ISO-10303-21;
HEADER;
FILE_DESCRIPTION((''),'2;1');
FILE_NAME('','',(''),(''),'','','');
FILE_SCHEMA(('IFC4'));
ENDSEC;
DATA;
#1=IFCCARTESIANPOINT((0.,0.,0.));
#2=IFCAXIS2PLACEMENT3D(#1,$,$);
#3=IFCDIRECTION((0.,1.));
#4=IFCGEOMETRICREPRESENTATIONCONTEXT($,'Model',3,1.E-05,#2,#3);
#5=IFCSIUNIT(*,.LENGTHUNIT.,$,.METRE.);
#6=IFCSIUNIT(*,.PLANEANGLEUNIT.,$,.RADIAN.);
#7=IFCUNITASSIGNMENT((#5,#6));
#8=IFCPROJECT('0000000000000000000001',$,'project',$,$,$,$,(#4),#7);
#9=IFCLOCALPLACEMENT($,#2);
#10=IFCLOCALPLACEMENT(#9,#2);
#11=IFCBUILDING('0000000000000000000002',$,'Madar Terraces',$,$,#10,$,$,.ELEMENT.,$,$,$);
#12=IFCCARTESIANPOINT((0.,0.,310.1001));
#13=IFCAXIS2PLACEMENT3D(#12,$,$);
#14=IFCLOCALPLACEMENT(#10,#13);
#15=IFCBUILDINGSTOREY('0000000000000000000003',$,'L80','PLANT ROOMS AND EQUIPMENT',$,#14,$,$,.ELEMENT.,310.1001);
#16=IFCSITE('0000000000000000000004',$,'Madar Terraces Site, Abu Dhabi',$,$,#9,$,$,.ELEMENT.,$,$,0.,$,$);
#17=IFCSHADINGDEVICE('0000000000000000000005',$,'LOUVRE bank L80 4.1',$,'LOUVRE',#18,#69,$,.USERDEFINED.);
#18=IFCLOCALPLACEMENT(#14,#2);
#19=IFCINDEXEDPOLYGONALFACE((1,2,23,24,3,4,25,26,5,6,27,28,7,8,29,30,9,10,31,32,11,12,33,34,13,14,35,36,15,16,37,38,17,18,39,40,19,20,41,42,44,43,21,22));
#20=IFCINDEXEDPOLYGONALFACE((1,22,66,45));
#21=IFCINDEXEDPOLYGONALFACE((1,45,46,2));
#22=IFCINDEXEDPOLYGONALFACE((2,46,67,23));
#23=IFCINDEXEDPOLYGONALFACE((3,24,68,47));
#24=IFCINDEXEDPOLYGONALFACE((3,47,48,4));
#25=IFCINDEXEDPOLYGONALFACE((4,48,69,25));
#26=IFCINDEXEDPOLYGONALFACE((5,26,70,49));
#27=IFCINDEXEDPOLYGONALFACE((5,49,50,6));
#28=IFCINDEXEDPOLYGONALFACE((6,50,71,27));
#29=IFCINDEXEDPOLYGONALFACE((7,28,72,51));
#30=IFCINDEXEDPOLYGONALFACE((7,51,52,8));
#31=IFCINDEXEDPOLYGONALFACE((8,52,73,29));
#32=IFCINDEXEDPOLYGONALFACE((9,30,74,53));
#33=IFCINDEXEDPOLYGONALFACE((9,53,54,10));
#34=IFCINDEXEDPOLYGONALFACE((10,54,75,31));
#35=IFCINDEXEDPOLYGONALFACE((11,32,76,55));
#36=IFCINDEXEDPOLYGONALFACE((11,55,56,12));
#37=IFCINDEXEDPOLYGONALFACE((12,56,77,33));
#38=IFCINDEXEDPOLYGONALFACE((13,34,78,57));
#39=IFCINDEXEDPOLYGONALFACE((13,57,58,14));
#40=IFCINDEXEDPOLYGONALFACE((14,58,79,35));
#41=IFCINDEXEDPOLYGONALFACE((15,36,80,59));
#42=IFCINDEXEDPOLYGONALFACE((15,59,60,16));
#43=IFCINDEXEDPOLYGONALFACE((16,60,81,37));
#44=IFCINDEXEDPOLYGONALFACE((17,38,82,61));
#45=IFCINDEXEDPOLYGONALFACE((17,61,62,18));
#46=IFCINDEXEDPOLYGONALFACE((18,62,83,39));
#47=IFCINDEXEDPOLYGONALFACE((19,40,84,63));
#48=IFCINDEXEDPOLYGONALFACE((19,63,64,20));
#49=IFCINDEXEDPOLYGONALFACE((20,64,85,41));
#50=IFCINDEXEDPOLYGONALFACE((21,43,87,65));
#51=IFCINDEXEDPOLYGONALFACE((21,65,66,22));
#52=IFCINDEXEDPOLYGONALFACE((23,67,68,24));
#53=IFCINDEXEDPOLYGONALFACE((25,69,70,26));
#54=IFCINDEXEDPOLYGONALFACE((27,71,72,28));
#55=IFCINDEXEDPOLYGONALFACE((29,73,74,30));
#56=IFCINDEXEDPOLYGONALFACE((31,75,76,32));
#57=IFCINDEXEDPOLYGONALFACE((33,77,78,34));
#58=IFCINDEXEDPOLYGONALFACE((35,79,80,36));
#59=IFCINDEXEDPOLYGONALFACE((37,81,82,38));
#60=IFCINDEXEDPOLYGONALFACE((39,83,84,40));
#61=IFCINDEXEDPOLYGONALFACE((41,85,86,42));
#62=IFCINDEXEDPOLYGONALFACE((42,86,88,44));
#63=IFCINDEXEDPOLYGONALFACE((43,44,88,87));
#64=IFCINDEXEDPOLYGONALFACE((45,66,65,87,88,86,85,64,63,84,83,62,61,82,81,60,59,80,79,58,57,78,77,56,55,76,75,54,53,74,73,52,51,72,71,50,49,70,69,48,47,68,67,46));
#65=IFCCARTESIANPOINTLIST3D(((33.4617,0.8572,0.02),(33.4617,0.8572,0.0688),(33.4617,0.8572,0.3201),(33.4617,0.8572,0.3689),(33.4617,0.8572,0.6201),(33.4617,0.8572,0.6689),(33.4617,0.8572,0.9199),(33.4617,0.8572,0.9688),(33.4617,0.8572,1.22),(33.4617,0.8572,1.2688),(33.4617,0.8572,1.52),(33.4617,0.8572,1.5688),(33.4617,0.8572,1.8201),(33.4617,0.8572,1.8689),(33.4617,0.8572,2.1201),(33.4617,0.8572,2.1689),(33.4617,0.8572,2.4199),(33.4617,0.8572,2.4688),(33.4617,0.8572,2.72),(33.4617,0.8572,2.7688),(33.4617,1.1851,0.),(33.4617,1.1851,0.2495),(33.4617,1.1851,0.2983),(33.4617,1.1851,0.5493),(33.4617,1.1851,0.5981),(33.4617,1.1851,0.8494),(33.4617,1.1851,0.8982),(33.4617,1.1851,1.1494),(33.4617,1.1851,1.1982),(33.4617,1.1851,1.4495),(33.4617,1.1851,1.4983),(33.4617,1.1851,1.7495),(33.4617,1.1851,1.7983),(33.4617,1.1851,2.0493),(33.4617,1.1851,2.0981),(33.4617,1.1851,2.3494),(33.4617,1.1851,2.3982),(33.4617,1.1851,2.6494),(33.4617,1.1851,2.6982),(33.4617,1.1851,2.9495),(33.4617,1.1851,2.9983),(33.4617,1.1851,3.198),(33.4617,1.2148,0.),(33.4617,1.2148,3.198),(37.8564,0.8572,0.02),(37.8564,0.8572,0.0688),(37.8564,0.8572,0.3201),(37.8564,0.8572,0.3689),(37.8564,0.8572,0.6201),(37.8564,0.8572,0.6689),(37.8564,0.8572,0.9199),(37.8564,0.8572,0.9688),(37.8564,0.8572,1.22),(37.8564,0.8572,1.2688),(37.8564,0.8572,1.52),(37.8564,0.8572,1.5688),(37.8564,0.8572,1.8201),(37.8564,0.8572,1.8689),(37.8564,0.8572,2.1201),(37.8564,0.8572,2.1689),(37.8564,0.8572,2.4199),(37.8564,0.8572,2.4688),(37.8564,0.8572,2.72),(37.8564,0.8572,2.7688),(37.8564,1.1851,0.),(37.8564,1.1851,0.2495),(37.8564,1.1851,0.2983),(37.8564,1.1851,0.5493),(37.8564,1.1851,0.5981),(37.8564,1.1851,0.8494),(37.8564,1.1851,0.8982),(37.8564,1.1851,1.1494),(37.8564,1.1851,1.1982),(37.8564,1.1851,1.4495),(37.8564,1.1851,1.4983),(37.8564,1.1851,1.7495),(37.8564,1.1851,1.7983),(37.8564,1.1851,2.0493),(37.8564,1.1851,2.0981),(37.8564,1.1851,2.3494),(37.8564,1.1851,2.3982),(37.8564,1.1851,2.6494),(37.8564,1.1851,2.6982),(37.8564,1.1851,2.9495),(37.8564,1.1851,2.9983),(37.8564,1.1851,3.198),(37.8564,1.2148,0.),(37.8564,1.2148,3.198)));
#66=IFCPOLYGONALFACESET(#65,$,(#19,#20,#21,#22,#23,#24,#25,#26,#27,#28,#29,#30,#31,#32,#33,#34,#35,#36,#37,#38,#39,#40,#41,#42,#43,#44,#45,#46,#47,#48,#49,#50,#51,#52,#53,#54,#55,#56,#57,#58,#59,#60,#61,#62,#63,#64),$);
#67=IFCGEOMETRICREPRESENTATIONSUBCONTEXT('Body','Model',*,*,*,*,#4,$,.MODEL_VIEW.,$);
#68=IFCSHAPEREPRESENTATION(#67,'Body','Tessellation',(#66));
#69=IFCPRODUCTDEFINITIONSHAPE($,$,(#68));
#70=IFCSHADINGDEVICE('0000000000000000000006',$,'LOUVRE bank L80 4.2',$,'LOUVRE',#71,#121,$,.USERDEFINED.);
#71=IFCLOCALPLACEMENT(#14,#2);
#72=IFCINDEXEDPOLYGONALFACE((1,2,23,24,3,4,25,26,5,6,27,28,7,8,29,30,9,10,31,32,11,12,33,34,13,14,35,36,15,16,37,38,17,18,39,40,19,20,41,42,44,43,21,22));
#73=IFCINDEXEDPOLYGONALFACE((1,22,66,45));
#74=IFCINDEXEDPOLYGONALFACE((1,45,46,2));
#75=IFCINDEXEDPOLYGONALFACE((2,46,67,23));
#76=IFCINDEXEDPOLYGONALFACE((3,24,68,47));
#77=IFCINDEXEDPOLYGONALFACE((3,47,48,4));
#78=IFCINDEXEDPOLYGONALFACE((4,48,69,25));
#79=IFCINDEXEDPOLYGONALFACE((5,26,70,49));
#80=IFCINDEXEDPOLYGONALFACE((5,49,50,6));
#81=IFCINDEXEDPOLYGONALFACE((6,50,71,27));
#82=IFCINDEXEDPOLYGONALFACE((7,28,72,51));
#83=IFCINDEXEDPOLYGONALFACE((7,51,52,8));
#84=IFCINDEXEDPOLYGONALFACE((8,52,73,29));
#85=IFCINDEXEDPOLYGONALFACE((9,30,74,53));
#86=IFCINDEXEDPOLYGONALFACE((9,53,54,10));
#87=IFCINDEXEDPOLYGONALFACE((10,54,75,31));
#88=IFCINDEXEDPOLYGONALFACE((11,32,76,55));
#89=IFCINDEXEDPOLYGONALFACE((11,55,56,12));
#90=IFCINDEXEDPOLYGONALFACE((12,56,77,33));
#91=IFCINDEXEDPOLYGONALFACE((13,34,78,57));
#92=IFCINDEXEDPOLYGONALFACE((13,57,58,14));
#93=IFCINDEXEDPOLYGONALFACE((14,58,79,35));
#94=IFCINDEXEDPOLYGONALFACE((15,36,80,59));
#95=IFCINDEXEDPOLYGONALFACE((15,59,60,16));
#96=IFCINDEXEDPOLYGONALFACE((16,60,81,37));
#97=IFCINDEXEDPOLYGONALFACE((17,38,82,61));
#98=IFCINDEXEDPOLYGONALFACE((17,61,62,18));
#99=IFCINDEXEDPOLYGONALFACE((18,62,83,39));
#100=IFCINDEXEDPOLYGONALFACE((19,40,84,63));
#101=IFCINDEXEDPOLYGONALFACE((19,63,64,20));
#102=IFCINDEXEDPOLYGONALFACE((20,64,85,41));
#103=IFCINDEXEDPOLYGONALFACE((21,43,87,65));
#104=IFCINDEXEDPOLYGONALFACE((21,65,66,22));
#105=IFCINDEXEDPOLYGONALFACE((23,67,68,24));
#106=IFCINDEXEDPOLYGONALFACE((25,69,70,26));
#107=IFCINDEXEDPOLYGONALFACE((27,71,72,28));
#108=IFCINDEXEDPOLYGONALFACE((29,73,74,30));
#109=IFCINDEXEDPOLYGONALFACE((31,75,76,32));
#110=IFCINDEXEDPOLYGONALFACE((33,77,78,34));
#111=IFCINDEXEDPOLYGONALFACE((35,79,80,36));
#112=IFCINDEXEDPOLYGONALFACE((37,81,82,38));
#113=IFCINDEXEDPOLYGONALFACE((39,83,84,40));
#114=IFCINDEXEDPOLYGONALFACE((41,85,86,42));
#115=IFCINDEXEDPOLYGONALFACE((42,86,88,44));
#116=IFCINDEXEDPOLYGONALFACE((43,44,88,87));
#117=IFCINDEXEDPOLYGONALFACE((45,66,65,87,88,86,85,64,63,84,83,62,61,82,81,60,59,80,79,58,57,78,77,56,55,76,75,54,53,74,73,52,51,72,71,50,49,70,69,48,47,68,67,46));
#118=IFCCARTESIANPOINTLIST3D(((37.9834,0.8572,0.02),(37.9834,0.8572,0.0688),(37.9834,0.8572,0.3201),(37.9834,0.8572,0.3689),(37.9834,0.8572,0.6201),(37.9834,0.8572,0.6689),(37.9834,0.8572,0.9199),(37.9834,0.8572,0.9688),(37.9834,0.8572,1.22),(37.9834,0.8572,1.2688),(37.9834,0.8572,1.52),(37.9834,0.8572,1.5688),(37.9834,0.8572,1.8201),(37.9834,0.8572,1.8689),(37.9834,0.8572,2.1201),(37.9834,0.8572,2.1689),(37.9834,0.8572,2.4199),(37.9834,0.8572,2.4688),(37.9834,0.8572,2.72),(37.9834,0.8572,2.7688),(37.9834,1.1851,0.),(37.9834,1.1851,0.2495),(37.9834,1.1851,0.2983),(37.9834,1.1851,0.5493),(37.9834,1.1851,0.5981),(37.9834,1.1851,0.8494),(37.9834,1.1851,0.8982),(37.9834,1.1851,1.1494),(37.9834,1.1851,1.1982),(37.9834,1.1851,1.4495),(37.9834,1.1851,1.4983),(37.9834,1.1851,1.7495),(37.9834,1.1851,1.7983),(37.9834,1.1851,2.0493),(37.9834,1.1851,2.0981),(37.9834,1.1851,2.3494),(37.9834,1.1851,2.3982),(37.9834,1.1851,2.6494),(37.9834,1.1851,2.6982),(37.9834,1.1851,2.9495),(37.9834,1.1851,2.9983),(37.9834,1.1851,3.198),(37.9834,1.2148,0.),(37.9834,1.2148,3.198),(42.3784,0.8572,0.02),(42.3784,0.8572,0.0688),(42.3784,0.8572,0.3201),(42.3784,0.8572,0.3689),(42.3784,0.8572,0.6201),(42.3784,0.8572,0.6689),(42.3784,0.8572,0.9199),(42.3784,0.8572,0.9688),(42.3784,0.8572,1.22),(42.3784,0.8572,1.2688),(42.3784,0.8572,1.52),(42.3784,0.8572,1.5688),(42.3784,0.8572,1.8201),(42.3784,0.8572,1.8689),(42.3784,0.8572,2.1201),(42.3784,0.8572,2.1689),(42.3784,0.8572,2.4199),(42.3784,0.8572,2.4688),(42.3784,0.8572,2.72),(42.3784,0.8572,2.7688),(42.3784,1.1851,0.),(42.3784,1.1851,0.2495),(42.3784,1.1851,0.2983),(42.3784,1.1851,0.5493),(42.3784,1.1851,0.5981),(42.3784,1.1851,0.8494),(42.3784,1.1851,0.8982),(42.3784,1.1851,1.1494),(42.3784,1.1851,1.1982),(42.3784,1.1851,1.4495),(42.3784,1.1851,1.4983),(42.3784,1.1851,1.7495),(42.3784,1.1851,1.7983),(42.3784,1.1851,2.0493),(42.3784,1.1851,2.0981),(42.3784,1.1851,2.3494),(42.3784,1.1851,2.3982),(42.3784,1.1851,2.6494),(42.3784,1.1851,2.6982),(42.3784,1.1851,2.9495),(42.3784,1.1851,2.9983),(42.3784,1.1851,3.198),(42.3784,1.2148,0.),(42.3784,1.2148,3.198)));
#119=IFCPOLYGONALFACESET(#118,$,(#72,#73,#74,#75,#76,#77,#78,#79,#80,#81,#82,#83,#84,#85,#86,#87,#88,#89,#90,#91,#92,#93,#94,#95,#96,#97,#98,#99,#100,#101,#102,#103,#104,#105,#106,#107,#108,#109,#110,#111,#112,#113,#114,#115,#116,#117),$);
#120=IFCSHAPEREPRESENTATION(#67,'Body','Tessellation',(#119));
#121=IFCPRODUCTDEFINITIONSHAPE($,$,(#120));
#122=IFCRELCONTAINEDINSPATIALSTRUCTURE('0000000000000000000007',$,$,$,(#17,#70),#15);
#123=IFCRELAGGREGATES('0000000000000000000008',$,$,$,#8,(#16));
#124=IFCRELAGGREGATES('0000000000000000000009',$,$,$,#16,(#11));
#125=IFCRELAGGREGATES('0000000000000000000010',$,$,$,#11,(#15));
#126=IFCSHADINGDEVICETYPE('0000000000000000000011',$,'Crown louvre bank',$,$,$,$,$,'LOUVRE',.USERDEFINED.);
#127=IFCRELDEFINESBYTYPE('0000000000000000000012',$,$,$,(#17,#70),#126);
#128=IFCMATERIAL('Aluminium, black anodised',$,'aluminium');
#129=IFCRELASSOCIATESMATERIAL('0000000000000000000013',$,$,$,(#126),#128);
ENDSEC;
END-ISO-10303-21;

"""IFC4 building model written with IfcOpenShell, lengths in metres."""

from ifc_helpers import new_model, si_unit, direction, frame, origin, place, context, subcontext, project, spatial, polyline, outline, extrude, material, type_object, element, save


model = new_model("IFC4")

# Units and contexts
model_context = context("Model", 3, precision=1e-05, world=origin(), true_north=direction((0.0, 1.0)))
body_context = subcontext(model_context, "Body", "Model", "MODEL_VIEW")
ifc_project = project(units=[si_unit("LENGTHUNIT", "METRE"), si_unit("PLANEANGLEUNIT", "RADIAN")], contexts=[model_context])

# Site, building, storey
site_placement = place(None, origin())
site = spatial("IfcSite", under=ifc_project, at=site_placement, Name="Madar Terraces Site, Abu Dhabi", CompositionType="ELEMENT", RefElevation=0.0)
building_placement = place(site_placement, origin())
building = spatial("IfcBuilding", under=site, at=building_placement, Name="Madar Terraces", CompositionType="ELEMENT")
storey_placement = place(building_placement, frame((0.0, 0.0, 310.1001)))
storey = spatial("IfcBuildingStorey", under=building, at=storey_placement, Name="L80", Description="PLANT ROOMS AND EQUIPMENT", CompositionType="ELEMENT", Elevation=310.1001)

# Shading devices
ifc_material_1 = material(Name="Aluminium, black anodised", Category="aluminium")
shading_device_type = type_object("IfcShadingDeviceType", Name="Crown louvre bank", ElementType="LOUVRE", PredefinedType="USERDEFINED", material=ifc_material_1)
shading_device_1_placement = place(storey_placement, frame((33.4617, 1.2, 0.0), z_axis=(1.0, 0.0, 0.0), x_axis=(0.0, 1.0, 0.0)))
element("IfcShadingDevice", 1, at=shading_device_1_placement, inside=storey, type_object=shading_device_type, Name="LOUVRE bank L80 4.1", ObjectType="LOUVRE", PredefinedType="USERDEFINED", context=body_context, shape_type="SweptSolid", body=[
    extrude(outline(polyline([(0.0149, 0.0), (-0.0149, 0.0), (-0.0149, 0.2495), (-0.3428, 0.02), (-0.3428, 0.0688), (-0.0149, 0.2983), (-0.0149, 0.5493), (-0.3428, 0.3201), (-0.3428, 0.3689), (-0.0149, 0.5981), (-0.0149, 0.8494), (-0.3428, 0.6201), (-0.3428, 0.6689), (-0.0149, 0.8982), (-0.0149, 1.1494), (-0.3428, 0.9199), (-0.3428, 0.9688), (-0.0149, 1.1982), (-0.0149, 1.4495), (-0.3428, 1.22), (-0.3428, 1.2688), (-0.0149, 1.4983), (-0.0149, 1.7495), (-0.3428, 1.52), (-0.3428, 1.5688), (-0.0149, 1.7983), (-0.0149, 2.0493), (-0.3428, 1.8201), (-0.3428, 1.8689), (-0.0149, 2.0981), (-0.0149, 2.3494), (-0.3428, 2.1201), (-0.3428, 2.1689), (-0.0149, 2.3982), (-0.0149, 2.6494), (-0.3428, 2.4199), (-0.3428, 2.4688), (-0.0149, 2.6982), (-0.0149, 2.9495), (-0.3428, 2.72), (-0.3428, 2.7688), (-0.0149, 2.9983), (-0.0149, 3.198), (0.0149, 3.198), (0.0149, 0.0)])), origin(), (0.0, 0.0, 1.0), 4.3948),
])
shading_device_2_placement = place(storey_placement, frame((37.9834, 1.2, 0.0), z_axis=(1.0, 0.0, 0.0), x_axis=(0.0, 1.0, 0.0)))
element("IfcShadingDevice", 2, at=shading_device_2_placement, inside=storey, type_object=shading_device_type, Name="LOUVRE bank L80 4.2", ObjectType="LOUVRE", PredefinedType="USERDEFINED", context=body_context, shape_type="SweptSolid", body=[
    extrude(outline(polyline([(0.0149, 0.0), (-0.0149, 0.0), (-0.0149, 0.2495), (-0.3428, 0.02), (-0.3428, 0.0688), (-0.0149, 0.2983), (-0.0149, 0.5493), (-0.3428, 0.3201), (-0.3428, 0.3689), (-0.0149, 0.5981), (-0.0149, 0.8494), (-0.3428, 0.6201), (-0.3428, 0.6689), (-0.0149, 0.8982), (-0.0149, 1.1494), (-0.3428, 0.9199), (-0.3428, 0.9688), (-0.0149, 1.1982), (-0.0149, 1.4495), (-0.3428, 1.22), (-0.3428, 1.2688), (-0.0149, 1.4983), (-0.0149, 1.7495), (-0.3428, 1.52), (-0.3428, 1.5688), (-0.0149, 1.7983), (-0.0149, 2.0493), (-0.3428, 1.8201), (-0.3428, 1.8689), (-0.0149, 2.0981), (-0.0149, 2.3494), (-0.3428, 2.1201), (-0.3428, 2.1689), (-0.0149, 2.3982), (-0.0149, 2.6494), (-0.3428, 2.4199), (-0.3428, 2.4688), (-0.0149, 2.6982), (-0.0149, 2.9495), (-0.3428, 2.72), (-0.3428, 2.7688), (-0.0149, 2.9983), (-0.0149, 3.198), (0.0149, 3.198), (0.0149, 0.0)])), origin(), (0.0, 0.0, 1.0), 4.395),
])

save(model, "model.ifc")
